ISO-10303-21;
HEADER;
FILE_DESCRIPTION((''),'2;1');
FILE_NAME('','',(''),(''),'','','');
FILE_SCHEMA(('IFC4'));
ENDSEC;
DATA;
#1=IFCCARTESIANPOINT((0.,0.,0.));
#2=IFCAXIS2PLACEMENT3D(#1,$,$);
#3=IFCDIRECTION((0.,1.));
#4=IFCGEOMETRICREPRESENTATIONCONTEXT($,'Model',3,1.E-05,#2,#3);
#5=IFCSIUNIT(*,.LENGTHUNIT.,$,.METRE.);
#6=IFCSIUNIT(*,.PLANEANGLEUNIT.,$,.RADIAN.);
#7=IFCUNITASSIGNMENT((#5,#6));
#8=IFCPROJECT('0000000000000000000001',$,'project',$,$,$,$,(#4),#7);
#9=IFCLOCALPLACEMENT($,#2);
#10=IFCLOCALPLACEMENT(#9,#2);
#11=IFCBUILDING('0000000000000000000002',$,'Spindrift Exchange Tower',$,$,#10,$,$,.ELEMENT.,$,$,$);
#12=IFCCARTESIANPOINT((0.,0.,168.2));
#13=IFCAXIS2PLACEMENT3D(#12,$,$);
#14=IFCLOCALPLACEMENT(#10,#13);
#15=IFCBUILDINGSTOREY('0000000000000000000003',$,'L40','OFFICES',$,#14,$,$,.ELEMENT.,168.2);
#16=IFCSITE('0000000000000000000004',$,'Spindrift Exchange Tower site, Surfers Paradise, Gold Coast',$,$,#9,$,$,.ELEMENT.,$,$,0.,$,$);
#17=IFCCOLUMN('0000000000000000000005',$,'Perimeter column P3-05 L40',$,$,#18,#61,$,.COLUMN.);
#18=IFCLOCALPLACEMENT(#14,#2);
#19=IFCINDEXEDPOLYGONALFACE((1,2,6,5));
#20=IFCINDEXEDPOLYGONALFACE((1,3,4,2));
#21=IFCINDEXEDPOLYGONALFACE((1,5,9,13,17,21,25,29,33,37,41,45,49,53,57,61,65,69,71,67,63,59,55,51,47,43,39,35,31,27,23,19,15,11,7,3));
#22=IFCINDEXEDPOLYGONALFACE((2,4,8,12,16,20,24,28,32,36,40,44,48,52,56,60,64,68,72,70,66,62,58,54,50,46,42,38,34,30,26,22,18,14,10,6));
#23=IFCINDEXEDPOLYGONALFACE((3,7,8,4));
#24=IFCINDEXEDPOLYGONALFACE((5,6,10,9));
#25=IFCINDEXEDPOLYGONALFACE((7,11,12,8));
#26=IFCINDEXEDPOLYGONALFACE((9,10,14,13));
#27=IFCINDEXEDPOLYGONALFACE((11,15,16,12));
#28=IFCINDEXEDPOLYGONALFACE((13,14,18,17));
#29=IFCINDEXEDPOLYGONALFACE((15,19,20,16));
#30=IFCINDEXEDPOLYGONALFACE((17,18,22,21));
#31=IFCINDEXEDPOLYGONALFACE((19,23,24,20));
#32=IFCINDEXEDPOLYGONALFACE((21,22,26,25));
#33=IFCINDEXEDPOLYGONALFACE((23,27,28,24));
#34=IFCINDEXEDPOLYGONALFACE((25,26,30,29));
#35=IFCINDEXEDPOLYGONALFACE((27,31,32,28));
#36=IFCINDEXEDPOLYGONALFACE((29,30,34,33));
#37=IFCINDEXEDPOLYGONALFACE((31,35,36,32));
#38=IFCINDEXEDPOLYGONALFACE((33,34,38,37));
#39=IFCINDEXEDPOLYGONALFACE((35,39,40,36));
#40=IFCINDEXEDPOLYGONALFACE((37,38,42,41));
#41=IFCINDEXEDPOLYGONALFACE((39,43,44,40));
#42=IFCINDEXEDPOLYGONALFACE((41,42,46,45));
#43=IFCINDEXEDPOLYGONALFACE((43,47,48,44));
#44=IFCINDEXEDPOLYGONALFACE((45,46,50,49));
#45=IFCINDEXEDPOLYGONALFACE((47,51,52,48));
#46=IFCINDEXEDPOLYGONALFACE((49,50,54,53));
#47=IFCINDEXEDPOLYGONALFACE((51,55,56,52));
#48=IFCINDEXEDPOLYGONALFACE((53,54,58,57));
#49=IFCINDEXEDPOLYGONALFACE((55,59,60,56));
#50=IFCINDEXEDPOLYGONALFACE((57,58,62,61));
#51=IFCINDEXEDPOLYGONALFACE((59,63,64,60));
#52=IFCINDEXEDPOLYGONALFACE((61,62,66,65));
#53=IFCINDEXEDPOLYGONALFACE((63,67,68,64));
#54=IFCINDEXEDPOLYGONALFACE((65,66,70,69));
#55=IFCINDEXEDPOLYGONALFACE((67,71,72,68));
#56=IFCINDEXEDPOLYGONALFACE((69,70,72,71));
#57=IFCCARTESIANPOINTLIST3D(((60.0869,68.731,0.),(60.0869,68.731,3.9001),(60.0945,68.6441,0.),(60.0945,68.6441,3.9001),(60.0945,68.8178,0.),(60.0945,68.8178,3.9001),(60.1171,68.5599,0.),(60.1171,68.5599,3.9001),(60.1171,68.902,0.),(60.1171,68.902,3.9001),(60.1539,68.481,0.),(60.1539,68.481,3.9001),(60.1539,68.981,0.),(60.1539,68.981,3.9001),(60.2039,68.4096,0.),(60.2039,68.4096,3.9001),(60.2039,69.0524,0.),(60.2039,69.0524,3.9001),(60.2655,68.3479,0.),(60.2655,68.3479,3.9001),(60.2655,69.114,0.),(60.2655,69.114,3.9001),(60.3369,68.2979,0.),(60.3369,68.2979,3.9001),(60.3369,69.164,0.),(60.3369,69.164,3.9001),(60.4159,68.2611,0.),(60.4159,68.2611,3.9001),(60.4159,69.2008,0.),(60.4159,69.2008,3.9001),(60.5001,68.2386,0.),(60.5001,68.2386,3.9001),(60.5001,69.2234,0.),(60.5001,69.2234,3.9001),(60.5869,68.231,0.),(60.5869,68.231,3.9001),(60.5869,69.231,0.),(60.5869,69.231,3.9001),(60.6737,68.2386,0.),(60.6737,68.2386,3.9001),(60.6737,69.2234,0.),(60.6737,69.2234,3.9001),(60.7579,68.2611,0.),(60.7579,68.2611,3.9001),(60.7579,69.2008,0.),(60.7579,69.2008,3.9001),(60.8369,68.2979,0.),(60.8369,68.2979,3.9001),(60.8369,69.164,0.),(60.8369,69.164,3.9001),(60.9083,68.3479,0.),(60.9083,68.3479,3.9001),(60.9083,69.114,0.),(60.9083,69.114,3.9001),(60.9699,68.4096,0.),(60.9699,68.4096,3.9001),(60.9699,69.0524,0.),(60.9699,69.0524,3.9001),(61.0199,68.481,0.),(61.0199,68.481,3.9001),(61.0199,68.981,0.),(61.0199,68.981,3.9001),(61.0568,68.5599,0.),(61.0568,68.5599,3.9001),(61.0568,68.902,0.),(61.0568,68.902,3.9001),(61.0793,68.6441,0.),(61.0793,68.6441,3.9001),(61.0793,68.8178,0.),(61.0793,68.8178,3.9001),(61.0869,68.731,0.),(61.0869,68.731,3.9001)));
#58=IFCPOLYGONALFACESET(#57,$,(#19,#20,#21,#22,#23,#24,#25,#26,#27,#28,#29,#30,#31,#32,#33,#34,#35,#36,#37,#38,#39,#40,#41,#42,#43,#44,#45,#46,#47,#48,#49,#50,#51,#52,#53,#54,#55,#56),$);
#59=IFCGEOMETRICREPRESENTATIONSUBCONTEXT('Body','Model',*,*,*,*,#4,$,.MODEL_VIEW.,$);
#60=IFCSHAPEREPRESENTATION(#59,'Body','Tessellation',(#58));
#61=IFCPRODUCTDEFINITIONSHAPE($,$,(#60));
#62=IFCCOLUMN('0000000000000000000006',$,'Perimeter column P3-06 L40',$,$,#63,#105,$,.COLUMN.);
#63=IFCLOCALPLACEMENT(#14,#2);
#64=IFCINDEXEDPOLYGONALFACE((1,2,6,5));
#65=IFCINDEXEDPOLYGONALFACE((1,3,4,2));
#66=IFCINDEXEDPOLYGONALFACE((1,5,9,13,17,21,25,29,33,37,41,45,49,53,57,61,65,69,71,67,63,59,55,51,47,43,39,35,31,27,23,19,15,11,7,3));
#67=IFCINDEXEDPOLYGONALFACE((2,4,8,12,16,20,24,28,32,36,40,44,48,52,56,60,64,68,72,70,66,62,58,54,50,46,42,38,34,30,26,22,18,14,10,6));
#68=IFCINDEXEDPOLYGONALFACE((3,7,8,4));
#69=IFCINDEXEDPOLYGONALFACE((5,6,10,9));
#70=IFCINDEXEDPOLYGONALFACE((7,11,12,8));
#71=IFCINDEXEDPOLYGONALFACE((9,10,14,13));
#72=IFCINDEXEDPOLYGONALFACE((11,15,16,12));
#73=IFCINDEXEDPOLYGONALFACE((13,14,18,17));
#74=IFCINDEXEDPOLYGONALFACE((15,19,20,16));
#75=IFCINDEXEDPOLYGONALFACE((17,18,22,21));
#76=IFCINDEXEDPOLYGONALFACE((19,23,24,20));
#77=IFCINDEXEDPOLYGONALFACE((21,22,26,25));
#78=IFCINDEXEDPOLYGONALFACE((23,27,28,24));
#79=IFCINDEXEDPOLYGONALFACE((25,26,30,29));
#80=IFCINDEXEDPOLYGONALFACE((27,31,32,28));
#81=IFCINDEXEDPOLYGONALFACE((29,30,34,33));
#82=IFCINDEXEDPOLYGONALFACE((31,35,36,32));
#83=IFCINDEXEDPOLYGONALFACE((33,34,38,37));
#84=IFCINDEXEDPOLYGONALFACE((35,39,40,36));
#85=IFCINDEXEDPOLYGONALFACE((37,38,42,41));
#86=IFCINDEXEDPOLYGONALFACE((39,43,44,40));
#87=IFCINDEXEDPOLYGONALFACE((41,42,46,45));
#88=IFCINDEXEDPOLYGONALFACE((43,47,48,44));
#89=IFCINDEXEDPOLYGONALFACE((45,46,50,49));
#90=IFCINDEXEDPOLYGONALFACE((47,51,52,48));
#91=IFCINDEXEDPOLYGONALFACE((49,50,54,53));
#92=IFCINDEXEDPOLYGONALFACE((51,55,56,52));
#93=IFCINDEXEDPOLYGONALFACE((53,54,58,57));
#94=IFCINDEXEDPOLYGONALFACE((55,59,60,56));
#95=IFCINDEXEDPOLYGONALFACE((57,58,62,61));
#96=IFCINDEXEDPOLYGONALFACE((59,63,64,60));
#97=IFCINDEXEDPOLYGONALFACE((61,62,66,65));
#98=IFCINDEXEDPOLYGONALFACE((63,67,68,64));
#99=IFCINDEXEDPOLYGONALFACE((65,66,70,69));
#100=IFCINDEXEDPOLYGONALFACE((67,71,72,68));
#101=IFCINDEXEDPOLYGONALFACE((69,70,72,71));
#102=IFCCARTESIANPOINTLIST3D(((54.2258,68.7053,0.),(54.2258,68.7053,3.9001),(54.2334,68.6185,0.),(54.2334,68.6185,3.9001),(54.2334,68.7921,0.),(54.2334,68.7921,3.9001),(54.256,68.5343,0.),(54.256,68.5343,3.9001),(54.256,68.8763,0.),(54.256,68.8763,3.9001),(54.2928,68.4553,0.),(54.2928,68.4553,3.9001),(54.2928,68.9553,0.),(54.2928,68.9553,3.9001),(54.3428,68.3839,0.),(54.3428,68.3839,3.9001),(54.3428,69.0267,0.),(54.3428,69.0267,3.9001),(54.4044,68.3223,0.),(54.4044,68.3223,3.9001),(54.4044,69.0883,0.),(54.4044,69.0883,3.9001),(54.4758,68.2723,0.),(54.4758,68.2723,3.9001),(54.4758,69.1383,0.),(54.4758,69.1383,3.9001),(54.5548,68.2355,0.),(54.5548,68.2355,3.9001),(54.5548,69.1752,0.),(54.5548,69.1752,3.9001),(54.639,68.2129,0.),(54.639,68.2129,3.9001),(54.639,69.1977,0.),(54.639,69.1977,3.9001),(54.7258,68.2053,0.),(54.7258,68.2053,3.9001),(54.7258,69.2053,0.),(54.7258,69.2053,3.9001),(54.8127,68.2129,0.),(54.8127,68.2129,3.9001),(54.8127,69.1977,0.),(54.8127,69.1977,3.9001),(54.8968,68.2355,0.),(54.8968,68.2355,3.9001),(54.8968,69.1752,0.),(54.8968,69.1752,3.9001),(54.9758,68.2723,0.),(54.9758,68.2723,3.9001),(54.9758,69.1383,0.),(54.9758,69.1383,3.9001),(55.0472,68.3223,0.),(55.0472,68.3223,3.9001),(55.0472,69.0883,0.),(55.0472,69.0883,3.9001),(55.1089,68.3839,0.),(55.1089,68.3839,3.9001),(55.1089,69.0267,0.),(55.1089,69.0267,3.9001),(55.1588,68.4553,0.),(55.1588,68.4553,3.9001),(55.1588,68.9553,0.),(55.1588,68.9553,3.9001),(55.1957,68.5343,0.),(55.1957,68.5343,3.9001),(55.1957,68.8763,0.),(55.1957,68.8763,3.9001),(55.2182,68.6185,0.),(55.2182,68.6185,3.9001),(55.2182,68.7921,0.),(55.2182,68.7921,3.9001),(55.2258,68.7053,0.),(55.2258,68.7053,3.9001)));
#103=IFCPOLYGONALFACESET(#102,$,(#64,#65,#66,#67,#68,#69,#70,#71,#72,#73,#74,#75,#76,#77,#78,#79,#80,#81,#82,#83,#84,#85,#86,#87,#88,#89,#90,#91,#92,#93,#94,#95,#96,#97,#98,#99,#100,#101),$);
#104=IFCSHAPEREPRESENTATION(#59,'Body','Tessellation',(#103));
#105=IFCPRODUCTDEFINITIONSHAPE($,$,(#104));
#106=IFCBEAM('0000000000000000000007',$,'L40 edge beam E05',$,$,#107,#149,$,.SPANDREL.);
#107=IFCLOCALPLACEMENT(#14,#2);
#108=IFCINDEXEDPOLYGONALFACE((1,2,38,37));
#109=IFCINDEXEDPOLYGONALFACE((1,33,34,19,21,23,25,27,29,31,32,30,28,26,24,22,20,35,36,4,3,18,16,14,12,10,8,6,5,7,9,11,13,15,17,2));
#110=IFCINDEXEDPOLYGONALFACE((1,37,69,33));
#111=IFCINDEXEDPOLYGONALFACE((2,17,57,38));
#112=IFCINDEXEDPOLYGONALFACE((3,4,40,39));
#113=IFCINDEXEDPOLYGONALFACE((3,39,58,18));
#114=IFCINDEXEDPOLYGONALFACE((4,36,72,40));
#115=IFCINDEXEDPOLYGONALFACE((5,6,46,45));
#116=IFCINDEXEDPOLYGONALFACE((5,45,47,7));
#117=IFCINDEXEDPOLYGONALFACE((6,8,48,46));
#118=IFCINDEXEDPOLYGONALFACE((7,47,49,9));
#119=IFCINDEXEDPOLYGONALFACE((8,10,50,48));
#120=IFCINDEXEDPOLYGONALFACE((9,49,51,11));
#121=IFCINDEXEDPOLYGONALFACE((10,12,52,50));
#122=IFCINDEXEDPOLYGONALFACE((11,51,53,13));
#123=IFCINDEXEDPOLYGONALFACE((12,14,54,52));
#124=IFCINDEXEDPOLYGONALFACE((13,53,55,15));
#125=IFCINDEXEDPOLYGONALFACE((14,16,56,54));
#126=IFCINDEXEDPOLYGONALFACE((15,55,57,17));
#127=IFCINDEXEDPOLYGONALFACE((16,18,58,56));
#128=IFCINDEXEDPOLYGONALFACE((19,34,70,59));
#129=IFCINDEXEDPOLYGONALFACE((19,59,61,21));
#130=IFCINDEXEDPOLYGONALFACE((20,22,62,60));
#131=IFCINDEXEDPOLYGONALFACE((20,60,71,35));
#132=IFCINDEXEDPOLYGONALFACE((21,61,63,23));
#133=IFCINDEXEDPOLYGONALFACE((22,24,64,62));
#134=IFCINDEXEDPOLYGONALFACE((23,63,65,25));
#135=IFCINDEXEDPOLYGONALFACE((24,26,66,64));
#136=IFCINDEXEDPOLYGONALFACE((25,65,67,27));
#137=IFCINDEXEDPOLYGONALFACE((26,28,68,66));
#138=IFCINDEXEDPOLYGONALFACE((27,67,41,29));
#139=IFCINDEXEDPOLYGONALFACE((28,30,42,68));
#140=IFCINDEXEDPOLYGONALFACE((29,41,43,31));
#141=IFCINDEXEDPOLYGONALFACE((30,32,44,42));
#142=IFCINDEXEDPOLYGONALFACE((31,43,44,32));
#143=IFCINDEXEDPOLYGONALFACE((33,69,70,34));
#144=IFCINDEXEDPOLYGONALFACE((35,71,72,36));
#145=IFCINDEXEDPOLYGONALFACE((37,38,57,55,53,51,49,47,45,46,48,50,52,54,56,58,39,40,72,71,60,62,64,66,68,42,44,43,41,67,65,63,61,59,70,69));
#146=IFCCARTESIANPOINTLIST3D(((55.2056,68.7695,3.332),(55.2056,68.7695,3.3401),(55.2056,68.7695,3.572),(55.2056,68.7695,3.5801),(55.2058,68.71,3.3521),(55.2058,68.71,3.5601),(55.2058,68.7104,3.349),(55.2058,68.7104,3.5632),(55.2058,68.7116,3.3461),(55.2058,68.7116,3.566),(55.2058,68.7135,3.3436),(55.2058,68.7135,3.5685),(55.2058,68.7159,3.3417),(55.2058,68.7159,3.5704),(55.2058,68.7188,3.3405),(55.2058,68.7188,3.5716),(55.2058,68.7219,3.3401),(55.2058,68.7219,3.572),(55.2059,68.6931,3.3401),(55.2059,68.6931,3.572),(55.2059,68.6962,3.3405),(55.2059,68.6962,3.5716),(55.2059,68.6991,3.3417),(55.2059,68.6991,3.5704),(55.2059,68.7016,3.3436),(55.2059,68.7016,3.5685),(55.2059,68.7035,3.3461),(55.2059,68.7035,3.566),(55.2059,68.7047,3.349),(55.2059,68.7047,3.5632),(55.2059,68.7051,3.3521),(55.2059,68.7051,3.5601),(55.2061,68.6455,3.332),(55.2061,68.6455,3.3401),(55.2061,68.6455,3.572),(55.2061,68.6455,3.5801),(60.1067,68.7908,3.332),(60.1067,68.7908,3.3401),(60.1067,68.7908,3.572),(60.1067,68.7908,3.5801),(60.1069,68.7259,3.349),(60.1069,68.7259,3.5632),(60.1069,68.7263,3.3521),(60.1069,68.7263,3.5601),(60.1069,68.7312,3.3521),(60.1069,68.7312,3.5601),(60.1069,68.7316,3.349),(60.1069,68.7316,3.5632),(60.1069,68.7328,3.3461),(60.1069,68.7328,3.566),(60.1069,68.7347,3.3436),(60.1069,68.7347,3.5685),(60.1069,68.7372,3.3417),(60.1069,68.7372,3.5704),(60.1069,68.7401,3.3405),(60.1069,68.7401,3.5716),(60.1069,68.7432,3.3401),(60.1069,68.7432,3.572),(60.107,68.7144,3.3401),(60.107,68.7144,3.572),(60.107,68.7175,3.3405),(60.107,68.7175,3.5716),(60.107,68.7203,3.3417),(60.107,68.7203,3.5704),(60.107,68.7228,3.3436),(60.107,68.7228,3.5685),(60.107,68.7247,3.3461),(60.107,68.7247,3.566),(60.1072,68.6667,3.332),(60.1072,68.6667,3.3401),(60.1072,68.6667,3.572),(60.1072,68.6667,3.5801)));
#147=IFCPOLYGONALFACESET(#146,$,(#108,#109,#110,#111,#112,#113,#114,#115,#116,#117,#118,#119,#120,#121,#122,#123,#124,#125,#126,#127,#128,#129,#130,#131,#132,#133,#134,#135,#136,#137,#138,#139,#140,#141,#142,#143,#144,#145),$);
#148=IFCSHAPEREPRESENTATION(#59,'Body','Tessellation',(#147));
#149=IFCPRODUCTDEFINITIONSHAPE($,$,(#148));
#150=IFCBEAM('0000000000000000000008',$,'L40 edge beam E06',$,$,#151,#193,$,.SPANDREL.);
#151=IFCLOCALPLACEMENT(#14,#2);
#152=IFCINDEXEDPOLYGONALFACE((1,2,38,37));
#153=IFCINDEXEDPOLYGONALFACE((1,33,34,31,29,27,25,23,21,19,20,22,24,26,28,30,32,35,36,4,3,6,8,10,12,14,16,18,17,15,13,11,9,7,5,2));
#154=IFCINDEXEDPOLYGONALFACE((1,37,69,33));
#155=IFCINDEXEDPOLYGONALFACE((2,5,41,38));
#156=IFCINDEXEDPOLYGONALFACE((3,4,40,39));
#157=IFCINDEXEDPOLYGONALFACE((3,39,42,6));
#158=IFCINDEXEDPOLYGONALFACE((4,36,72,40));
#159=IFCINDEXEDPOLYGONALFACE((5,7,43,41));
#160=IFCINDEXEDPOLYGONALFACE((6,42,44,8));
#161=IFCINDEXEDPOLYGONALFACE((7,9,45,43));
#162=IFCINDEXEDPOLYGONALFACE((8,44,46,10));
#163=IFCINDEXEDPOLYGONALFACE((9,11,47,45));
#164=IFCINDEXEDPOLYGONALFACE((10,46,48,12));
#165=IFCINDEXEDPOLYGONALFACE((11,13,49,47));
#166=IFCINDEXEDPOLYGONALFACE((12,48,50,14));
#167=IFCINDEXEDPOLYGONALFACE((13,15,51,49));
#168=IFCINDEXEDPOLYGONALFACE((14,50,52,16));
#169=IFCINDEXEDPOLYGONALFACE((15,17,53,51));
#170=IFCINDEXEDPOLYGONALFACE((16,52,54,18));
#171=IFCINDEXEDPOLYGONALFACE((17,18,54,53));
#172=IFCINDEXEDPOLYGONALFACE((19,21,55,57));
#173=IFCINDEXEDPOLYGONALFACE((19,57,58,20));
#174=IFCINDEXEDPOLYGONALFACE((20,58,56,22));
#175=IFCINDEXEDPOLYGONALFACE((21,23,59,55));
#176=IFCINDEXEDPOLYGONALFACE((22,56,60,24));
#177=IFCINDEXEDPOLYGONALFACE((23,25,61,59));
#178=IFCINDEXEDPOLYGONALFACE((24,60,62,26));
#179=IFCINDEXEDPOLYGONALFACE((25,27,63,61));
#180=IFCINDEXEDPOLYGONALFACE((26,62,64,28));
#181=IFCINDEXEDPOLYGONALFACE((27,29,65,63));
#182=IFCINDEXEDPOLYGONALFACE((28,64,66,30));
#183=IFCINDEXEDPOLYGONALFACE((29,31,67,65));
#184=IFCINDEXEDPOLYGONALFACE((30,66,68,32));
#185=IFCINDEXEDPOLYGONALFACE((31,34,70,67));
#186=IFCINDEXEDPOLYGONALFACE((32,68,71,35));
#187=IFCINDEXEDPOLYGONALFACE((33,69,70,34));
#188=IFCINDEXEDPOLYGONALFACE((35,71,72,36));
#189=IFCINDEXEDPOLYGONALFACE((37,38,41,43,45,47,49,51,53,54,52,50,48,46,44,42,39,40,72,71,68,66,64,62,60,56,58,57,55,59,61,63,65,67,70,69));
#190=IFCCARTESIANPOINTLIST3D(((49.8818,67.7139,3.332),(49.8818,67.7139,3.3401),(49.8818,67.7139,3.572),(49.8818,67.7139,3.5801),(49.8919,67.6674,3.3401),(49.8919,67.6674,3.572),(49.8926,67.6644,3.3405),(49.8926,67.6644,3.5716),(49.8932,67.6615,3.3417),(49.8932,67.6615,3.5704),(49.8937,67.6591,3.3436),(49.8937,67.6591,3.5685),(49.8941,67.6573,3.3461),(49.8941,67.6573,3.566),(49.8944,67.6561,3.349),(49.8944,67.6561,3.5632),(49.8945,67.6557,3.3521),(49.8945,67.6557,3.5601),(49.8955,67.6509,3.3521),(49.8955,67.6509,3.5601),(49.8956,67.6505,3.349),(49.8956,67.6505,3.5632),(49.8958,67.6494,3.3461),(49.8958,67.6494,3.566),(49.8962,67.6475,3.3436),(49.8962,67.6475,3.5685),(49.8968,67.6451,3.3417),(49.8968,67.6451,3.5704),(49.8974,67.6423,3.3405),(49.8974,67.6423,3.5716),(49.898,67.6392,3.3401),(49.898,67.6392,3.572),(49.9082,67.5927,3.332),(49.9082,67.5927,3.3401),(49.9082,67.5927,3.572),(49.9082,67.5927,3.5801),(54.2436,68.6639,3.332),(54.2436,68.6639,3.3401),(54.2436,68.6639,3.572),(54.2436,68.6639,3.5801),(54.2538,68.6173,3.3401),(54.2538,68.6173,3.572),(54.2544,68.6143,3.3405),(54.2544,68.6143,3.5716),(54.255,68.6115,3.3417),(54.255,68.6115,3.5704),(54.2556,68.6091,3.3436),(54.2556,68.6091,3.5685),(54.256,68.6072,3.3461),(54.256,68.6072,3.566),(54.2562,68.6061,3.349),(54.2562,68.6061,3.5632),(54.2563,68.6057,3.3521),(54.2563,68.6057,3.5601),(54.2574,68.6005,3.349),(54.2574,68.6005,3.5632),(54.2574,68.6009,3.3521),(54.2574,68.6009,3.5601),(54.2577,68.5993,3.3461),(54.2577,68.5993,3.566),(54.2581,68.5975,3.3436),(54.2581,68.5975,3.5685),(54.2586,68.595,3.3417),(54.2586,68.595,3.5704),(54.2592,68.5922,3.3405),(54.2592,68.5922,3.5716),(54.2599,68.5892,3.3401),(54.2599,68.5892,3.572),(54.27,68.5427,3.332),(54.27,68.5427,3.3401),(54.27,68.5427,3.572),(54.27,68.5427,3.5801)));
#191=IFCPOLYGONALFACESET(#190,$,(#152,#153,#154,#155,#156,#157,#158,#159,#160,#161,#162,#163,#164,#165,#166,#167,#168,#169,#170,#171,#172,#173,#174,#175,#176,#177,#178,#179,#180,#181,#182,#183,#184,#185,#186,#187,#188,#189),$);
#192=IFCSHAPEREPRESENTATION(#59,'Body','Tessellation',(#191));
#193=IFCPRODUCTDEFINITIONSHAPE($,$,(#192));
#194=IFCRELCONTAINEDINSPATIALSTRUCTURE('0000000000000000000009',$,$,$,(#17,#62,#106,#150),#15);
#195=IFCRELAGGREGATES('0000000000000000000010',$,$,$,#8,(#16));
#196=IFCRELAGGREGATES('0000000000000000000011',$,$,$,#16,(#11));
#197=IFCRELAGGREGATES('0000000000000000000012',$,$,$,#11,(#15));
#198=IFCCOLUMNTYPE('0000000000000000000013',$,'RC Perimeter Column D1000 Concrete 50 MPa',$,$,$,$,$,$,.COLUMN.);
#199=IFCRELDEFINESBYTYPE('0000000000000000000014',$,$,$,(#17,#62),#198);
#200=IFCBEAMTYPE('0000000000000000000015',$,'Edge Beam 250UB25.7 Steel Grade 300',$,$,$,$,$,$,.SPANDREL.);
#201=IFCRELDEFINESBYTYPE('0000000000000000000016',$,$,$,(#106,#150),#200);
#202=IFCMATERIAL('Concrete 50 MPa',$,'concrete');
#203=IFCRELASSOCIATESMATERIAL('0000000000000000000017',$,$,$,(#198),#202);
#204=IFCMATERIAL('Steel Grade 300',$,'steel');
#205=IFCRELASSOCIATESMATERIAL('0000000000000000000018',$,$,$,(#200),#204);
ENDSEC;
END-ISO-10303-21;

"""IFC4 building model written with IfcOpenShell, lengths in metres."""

from ifc_helpers import new_model, si_unit, direction, frame, origin, origin_2d, place, context, subcontext, project, spatial, circle, i_section, extrude, source, transform, mapped, material, material_profile, profile_set, type_object, element, save


model = new_model("IFC4")

# Units and contexts
model_context = context("Model", 3, precision=1e-05, world=origin(), true_north=direction((0.0, 1.0)))
body_context = subcontext(model_context, "Body", "Model", "MODEL_VIEW")
ifc_project = project(units=[si_unit("LENGTHUNIT", "METRE"), si_unit("PLANEANGLEUNIT", "RADIAN")], contexts=[model_context])

# Site, building, storey
site_placement = place(None, origin())
site = spatial("IfcSite", under=ifc_project, at=site_placement, Name="Spindrift Exchange Tower site, Surfers Paradise, Gold Coast", CompositionType="ELEMENT", RefElevation=0.0)
building_placement = place(site_placement, origin())
building = spatial("IfcBuilding", under=site, at=building_placement, Name="Spindrift Exchange Tower", CompositionType="ELEMENT")
storey_placement = place(building_placement, frame((0.0, 0.0, 168.2)))
storey = spatial("IfcBuildingStorey", under=building, at=storey_placement, Name="L40", Description="OFFICES", CompositionType="ELEMENT", Elevation=168.2)

# Columns
ifc_material_1 = material(Name="Concrete 50 MPa", Category="concrete")
ifc_material_profile_1 = material_profile(ifc_material_1, circle(Radius=0.5, at=origin_2d()), Name="RC D1000")
ifc_profile_set_1 = profile_set([ifc_material_profile_1], Name="Concrete 50 MPa")
column_type = type_object("IfcColumnType", Name="RC Perimeter Column D1000 Concrete 50 MPa", PredefinedType="COLUMN", material=ifc_profile_set_1)
shared_shape_1 = source(origin(), body_context, "Body", "SweptSolid", [
    extrude(circle(Radius=0.5, at=origin_2d()), origin(), (0.0, 0.0, 1.0), 3.9001),
])
for number, where, z_axis, x_axis, name in (
    (1, (60.5869, 68.731, 0.0), (0.0, 0.0, 1.0), (1.0, 0.0, 0.0), "Perimeter column P3-05 L40"),
    (2, (54.7258, 68.7053, 0.0), (0.0, 0.0, 1.0), (1.0, 0.0, 0.0), "Perimeter column P3-06 L40"),
):
    element("IfcColumn", number, at=place(storey_placement, frame(where, z_axis=z_axis, x_axis=x_axis)), inside=storey, type_object=column_type, Name=name, PredefinedType="COLUMN", context=body_context, shape_type="MappedRepresentation", body=[
        mapped(shared_shape_1, transform((0.0, 0.0, 0.0), scale=1.0)),
    ])

# Beams
ifc_material_2 = material(Name="Steel Grade 300", Category="steel")
ifc_material_profile_2 = material_profile(ifc_material_2, i_section(OverallWidth=0.124, OverallDepth=0.248, WebThickness=0.0049, FlangeThickness=0.0081, FilletRadius=0.012, at=origin_2d()), Name="250UB25.7")
ifc_profile_set_2 = profile_set([ifc_material_profile_2], Name="Steel Grade 300")
beam_type_1 = type_object("IfcBeamType", Name="Edge Beam 250UB25.7 Steel Grade 300", PredefinedType="SPANDREL", material=ifc_profile_set_2)
shared_shape_2 = source(origin(), body_context, "Body", "SweptSolid", [
    extrude(i_section(OverallWidth=0.124, OverallDepth=0.248, WebThickness=0.0049, FlangeThickness=0.0081, FilletRadius=0.012, at=origin_2d()), origin(), (0.0, 0.0, 1.0), 4.9011),
])
beam_1_placement = place(storey_placement, frame((60.1069, 68.7288, 3.4561), z_axis=(-0.999991, -0.004334, 0.0), x_axis=(0.004334, -0.999991, 0.0)))
element("IfcBeam", 3, at=beam_1_placement, inside=storey, type_object=beam_type_1, Name="L40 edge beam E05", PredefinedType="SPANDREL", context=body_context, shape_type="MappedRepresentation", body=[
    mapped(shared_shape_2, transform((0.0, 0.0, 0.0), scale=1.0)),
])
shared_shape_3 = source(origin(), body_context, "Body", "SweptSolid", [
    extrude(i_section(OverallWidth=0.124, OverallDepth=0.248, WebThickness=0.0049, FlangeThickness=0.0081, FilletRadius=0.012, at=origin_2d()), origin(), (0.0, 0.0, 1.0), 4.4641),
])
beam_2_placement = place(storey_placement, frame((54.2568, 68.6033, 3.4561), z_axis=(-0.977096, -0.2128, 0.0), x_axis=(0.2128, -0.977096, 0.0)))
element("IfcBeam", 4, at=beam_2_placement, inside=storey, type_object=beam_type_1, Name="L40 edge beam E06", PredefinedType="SPANDREL", context=body_context, shape_type="MappedRepresentation", body=[
    mapped(shared_shape_3, transform((0.0, 0.0, 0.0), scale=1.0)),
])

save(model, "model.ifc")
